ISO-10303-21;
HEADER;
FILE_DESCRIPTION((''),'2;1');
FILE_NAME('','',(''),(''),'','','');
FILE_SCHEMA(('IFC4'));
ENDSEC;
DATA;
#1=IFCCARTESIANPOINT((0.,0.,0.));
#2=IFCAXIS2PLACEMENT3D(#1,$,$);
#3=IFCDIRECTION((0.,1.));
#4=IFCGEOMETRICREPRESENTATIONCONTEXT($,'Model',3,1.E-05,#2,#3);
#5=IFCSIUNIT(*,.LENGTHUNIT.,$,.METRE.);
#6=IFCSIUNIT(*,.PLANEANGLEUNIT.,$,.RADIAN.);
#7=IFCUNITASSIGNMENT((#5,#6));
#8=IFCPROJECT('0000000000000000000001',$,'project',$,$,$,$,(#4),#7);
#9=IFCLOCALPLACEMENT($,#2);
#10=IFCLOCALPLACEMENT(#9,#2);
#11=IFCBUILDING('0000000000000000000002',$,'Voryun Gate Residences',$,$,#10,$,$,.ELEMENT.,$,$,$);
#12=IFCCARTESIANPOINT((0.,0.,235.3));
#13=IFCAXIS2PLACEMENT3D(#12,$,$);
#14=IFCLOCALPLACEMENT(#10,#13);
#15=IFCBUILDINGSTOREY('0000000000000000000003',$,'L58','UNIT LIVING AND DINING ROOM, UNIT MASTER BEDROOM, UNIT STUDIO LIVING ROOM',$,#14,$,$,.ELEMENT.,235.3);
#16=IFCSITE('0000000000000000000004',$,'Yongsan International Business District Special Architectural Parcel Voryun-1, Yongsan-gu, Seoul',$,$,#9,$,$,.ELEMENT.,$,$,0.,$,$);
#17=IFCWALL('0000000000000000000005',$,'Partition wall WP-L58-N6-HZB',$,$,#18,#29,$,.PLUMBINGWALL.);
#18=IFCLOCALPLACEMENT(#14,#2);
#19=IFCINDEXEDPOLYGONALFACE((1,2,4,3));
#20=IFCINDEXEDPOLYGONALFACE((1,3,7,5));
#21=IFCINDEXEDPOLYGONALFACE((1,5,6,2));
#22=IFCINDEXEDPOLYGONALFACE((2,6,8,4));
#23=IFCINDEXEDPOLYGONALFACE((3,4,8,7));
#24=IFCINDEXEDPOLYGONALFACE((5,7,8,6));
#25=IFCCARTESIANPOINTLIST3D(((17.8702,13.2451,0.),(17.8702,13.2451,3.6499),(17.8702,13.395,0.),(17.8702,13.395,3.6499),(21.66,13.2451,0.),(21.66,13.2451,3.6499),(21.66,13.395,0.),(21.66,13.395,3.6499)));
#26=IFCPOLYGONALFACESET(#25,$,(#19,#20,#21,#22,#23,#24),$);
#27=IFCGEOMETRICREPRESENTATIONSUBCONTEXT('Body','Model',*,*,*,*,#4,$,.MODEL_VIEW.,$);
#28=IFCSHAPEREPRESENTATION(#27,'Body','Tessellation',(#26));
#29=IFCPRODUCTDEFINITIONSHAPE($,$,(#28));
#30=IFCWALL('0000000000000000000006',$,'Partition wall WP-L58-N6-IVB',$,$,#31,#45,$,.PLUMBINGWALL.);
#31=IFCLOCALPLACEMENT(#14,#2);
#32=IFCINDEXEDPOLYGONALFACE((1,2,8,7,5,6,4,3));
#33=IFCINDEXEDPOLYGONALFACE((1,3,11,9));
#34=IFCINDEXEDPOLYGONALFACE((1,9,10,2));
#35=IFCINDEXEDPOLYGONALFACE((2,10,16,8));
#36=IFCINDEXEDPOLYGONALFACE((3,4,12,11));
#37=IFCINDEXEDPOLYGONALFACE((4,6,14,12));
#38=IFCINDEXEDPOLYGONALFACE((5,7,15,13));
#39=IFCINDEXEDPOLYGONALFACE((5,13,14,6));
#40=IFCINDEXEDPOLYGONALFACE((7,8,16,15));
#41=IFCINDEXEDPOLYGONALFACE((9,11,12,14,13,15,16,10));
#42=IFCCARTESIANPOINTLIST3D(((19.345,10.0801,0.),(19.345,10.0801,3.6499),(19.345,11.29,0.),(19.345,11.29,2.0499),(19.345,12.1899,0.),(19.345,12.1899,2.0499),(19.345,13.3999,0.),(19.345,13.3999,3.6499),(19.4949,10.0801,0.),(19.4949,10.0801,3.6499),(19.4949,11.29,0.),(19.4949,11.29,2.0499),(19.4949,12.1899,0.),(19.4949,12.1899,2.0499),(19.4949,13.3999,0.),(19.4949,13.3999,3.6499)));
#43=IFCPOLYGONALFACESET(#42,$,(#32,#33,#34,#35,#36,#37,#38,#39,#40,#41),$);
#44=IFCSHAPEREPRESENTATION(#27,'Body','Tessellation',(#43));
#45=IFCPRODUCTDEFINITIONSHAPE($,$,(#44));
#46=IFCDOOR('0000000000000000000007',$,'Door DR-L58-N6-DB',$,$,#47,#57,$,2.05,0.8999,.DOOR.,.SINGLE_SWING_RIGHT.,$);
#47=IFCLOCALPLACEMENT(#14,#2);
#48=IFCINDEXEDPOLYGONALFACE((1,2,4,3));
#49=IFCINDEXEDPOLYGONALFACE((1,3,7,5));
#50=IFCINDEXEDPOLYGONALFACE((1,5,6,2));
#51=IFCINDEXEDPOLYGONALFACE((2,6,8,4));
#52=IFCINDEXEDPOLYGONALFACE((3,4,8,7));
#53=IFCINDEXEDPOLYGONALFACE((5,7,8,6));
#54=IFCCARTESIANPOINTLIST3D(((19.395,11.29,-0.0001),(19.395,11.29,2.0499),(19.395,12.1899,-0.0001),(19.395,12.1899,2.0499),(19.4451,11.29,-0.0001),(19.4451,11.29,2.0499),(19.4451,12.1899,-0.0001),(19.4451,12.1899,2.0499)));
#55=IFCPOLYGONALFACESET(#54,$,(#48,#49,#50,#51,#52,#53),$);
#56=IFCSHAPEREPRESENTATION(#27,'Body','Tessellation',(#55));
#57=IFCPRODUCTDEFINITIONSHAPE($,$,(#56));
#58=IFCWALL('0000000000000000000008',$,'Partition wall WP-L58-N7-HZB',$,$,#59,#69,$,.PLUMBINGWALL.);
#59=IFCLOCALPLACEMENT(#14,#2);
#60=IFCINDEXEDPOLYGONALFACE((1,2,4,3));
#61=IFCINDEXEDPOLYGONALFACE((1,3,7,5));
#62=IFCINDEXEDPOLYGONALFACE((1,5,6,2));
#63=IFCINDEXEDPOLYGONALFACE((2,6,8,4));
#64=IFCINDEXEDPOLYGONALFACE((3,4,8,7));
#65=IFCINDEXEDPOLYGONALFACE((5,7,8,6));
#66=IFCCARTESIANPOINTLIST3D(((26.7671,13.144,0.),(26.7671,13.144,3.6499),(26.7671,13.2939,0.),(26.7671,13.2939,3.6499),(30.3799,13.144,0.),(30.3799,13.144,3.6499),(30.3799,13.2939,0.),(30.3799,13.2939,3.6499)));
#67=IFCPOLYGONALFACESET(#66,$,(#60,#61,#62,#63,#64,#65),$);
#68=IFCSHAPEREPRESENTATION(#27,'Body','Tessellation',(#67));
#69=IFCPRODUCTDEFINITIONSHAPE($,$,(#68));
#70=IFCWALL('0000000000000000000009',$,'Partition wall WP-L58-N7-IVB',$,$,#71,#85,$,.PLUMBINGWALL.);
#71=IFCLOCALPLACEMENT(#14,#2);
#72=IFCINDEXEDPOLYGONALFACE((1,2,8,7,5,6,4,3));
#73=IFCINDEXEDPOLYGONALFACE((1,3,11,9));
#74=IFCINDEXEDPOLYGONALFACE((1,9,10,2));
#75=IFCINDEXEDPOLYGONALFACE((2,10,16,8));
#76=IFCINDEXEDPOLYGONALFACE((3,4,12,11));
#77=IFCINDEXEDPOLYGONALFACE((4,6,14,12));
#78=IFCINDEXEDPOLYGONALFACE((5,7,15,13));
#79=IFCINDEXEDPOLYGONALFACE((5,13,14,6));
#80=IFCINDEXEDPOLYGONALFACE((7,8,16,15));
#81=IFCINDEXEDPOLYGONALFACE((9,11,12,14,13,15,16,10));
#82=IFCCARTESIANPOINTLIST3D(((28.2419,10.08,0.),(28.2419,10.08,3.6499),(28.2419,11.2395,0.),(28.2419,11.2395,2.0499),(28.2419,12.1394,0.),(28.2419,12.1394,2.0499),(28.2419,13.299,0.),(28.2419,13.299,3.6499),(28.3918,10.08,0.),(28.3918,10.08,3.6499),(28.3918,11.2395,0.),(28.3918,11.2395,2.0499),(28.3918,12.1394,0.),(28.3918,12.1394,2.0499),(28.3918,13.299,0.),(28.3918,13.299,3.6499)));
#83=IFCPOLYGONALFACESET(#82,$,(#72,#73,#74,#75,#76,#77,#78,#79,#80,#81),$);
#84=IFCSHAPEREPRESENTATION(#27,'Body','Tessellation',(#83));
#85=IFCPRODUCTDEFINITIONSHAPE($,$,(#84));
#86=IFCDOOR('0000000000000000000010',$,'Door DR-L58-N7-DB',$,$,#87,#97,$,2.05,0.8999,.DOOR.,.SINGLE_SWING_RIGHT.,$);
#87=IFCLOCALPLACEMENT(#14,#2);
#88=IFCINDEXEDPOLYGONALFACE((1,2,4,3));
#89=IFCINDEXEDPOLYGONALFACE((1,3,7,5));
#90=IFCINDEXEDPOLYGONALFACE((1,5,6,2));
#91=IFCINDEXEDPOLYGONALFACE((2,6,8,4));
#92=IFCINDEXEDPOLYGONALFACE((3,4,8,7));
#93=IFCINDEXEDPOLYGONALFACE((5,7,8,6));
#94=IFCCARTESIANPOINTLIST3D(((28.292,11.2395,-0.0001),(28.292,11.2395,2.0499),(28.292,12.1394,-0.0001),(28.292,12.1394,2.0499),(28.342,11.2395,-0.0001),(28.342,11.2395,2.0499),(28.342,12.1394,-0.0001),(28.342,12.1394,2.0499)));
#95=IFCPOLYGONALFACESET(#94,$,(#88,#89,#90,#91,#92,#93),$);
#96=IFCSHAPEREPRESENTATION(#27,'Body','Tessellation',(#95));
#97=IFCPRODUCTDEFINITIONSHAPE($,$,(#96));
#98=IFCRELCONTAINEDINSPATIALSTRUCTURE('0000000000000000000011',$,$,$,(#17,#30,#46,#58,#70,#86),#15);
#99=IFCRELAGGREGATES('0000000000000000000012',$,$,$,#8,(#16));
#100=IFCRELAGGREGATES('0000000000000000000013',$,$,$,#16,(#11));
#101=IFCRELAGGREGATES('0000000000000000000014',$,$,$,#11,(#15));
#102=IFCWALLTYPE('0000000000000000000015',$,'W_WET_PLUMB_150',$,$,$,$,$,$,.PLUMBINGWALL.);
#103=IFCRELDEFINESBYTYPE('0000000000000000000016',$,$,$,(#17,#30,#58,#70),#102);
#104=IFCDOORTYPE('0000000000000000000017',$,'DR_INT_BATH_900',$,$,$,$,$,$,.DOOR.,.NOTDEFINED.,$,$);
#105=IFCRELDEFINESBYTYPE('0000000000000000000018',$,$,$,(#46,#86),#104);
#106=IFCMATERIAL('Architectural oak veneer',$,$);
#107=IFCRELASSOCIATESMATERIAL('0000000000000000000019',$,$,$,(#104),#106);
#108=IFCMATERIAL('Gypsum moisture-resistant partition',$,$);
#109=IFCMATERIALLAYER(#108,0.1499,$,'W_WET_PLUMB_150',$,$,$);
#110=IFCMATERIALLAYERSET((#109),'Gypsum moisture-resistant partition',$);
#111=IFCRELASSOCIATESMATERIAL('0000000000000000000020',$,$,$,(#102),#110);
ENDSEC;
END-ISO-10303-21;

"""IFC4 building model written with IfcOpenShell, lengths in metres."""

from ifc_helpers import new_model, si_unit, direction, frame, frame_2d, origin, place, context, subcontext, project, spatial, rectangle, extrude, material, layer, layer_set, type_object, element, fill, save


model = new_model("IFC4")

# Units and contexts
model_context = context("Model", 3, precision=1e-05, world=origin(), true_north=direction((0.0, 1.0)))
body_context = subcontext(model_context, "Body", "Model", "MODEL_VIEW")
ifc_project = project(units=[si_unit("LENGTHUNIT", "METRE"), si_unit("PLANEANGLEUNIT", "RADIAN")], contexts=[model_context])

# Site, building, storey
site_placement = place(None, origin())
site = spatial("IfcSite", under=ifc_project, at=site_placement, Name="Yongsan International Business District Special Architectural Parcel Voryun-1, Yongsan-gu, Seoul", CompositionType="ELEMENT", RefElevation=0.0)
building_placement = place(site_placement, origin())
building = spatial("IfcBuilding", under=site, at=building_placement, Name="Voryun Gate Residences", CompositionType="ELEMENT")
storey_placement = place(building_placement, frame((0.0, 0.0, 235.3)))
storey = spatial("IfcBuildingStorey", under=building, at=storey_placement, Name="L58", Description="UNIT LIVING AND DINING ROOM, UNIT MASTER BEDROOM, UNIT STUDIO LIVING ROOM", CompositionType="ELEMENT", Elevation=235.3)

# Shared definitions
ifc_material_1 = material(Name="Architectural oak veneer")
door_type_1 = type_object("IfcDoorType", Name="DR_INT_BATH_900", OperationType="NOTDEFINED", PredefinedType="DOOR", material=ifc_material_1)

# Wall
ifc_material_2 = material(Name="Gypsum moisture-resistant partition")
ifc_layer_1 = layer(ifc_material_2, 0.1499, Name="W_WET_PLUMB_150")
ifc_layer_set_1 = layer_set([ifc_layer_1], Name="Gypsum moisture-resistant partition")
wall_type_1 = type_object("IfcWallType", Name="W_WET_PLUMB_150", PredefinedType="PLUMBINGWALL", material=ifc_layer_set_1)
wall_1_placement = place(storey_placement, frame((17.8701, 13.3201, 0.0), z_axis=(0.0, 0.0, 1.0), x_axis=(1.0, 0.0, 0.0)))
element("IfcWall", 1, at=wall_1_placement, inside=storey, type_object=wall_type_1, Name="Partition wall WP-L58-N6-HZB", PredefinedType="PLUMBINGWALL", context=body_context, shape_type="SweptSolid", body=[
    extrude(rectangle(XDim=3.7898, YDim=0.1499, at=frame_2d((1.895, 0.0))), origin(), (0.0, 0.0, 1.0), 3.6499),
])

# Wall, opening, door
wall_2_placement = place(storey_placement, frame((19.4199, 10.0801, 0.0), z_axis=(0.0, 0.0, 1.0), x_axis=(0.0, 1.0, 0.0)))
wall_2 = element("IfcWall", 2, at=wall_2_placement, inside=storey, type_object=wall_type_1, Name="Partition wall WP-L58-N6-IVB", PredefinedType="PLUMBINGWALL", context=body_context, shape_type="SweptSolid", body=[
    extrude(rectangle(XDim=3.3198, YDim=0.1499, at=frame_2d((1.6599, 0.0))), origin(), (0.0, 0.0, 1.0), 3.6499),
])
opening_1_placement = place(wall_2_placement, frame((1.21, 0.0, 0.0)))
opening_1 = element("IfcOpeningElement", 3, at=opening_1_placement, cuts=wall_2, PredefinedType="OPENING", context=body_context, shape_type="SweptSolid", body=[
    extrude(rectangle(XDim=0.8999, YDim=2.05, at=frame_2d((0.45, 1.0249))), frame((0.0, 0.085, 0.0), z_axis=(0.0, -1.0, 0.0), x_axis=(1.0, 0.0, 0.0)), (0.0, 0.0, 1.0), 0.1699),
])
door_1_placement = place(opening_1_placement, origin())
door_1 = element("IfcDoor", 4, at=door_1_placement, inside=storey, type_object=door_type_1, Name="Door DR-L58-N6-DB", OperationType="SINGLE_SWING_RIGHT", OverallHeight=2.05, OverallWidth=0.8999, PredefinedType="DOOR", context=body_context, shape_type="SweptSolid", body=[
    extrude(rectangle(XDim=0.8999, YDim=2.05, at=frame_2d((0.45, 1.0249))), frame((0.0, 0.0249, 0.0), z_axis=(0.0, -1.0, 0.0), x_axis=(1.0, 0.0, 0.0)), (0.0, 0.0, 1.0), 0.05),
])
fill(opening_1, door_1)

# Wall
wall_3_placement = place(storey_placement, frame((26.7671, 13.219, 0.0), z_axis=(0.0, 0.0, 1.0), x_axis=(1.0, 0.0, 0.0)))
element("IfcWall", 5, at=wall_3_placement, inside=storey, type_object=wall_type_1, Name="Partition wall WP-L58-N7-HZB", PredefinedType="PLUMBINGWALL", context=body_context, shape_type="SweptSolid", body=[
    extrude(rectangle(XDim=3.6128, YDim=0.1499, at=frame_2d((1.8064, 0.0))), origin(), (0.0, 0.0, 1.0), 3.6499),
])

# Wall, opening, door
wall_4_placement = place(storey_placement, frame((28.3169, 10.0801, 0.0), z_axis=(0.0, 0.0, 1.0), x_axis=(0.0, 1.0, 0.0)))
wall_4 = element("IfcWall", 6, at=wall_4_placement, inside=storey, type_object=wall_type_1, Name="Partition wall WP-L58-N7-IVB", PredefinedType="PLUMBINGWALL", context=body_context, shape_type="SweptSolid", body=[
    extrude(rectangle(XDim=3.219, YDim=0.1499, at=frame_2d((1.6094, 0.0))), origin(), (0.0, 0.0, 1.0), 3.6499),
])
opening_2_placement = place(wall_4_placement, frame((1.1594, 0.0, 0.0)))
opening_2 = element("IfcOpeningElement", 7, at=opening_2_placement, cuts=wall_4, PredefinedType="OPENING", context=body_context, shape_type="SweptSolid", body=[
    extrude(rectangle(XDim=0.8999, YDim=2.05, at=frame_2d((0.45, 1.0249))), frame((0.0, 0.085, 0.0), z_axis=(0.0, -1.0, 0.0), x_axis=(1.0, 0.0, 0.0)), (0.0, 0.0, 1.0), 0.1699),
])
door_2_placement = place(opening_2_placement, origin())
door_2 = element("IfcDoor", 8, at=door_2_placement, inside=storey, type_object=door_type_1, Name="Door DR-L58-N7-DB", OperationType="SINGLE_SWING_RIGHT", OverallHeight=2.05, OverallWidth=0.8999, PredefinedType="DOOR", context=body_context, shape_type="SweptSolid", body=[
    extrude(rectangle(XDim=0.8999, YDim=2.05, at=frame_2d((0.45, 1.0249))), frame((0.0, 0.0249, 0.0), z_axis=(0.0, -1.0, 0.0), x_axis=(1.0, 0.0, 0.0)), (0.0, 0.0, 1.0), 0.05),
])
fill(opening_2, door_2)

save(model, "model.ifc")
